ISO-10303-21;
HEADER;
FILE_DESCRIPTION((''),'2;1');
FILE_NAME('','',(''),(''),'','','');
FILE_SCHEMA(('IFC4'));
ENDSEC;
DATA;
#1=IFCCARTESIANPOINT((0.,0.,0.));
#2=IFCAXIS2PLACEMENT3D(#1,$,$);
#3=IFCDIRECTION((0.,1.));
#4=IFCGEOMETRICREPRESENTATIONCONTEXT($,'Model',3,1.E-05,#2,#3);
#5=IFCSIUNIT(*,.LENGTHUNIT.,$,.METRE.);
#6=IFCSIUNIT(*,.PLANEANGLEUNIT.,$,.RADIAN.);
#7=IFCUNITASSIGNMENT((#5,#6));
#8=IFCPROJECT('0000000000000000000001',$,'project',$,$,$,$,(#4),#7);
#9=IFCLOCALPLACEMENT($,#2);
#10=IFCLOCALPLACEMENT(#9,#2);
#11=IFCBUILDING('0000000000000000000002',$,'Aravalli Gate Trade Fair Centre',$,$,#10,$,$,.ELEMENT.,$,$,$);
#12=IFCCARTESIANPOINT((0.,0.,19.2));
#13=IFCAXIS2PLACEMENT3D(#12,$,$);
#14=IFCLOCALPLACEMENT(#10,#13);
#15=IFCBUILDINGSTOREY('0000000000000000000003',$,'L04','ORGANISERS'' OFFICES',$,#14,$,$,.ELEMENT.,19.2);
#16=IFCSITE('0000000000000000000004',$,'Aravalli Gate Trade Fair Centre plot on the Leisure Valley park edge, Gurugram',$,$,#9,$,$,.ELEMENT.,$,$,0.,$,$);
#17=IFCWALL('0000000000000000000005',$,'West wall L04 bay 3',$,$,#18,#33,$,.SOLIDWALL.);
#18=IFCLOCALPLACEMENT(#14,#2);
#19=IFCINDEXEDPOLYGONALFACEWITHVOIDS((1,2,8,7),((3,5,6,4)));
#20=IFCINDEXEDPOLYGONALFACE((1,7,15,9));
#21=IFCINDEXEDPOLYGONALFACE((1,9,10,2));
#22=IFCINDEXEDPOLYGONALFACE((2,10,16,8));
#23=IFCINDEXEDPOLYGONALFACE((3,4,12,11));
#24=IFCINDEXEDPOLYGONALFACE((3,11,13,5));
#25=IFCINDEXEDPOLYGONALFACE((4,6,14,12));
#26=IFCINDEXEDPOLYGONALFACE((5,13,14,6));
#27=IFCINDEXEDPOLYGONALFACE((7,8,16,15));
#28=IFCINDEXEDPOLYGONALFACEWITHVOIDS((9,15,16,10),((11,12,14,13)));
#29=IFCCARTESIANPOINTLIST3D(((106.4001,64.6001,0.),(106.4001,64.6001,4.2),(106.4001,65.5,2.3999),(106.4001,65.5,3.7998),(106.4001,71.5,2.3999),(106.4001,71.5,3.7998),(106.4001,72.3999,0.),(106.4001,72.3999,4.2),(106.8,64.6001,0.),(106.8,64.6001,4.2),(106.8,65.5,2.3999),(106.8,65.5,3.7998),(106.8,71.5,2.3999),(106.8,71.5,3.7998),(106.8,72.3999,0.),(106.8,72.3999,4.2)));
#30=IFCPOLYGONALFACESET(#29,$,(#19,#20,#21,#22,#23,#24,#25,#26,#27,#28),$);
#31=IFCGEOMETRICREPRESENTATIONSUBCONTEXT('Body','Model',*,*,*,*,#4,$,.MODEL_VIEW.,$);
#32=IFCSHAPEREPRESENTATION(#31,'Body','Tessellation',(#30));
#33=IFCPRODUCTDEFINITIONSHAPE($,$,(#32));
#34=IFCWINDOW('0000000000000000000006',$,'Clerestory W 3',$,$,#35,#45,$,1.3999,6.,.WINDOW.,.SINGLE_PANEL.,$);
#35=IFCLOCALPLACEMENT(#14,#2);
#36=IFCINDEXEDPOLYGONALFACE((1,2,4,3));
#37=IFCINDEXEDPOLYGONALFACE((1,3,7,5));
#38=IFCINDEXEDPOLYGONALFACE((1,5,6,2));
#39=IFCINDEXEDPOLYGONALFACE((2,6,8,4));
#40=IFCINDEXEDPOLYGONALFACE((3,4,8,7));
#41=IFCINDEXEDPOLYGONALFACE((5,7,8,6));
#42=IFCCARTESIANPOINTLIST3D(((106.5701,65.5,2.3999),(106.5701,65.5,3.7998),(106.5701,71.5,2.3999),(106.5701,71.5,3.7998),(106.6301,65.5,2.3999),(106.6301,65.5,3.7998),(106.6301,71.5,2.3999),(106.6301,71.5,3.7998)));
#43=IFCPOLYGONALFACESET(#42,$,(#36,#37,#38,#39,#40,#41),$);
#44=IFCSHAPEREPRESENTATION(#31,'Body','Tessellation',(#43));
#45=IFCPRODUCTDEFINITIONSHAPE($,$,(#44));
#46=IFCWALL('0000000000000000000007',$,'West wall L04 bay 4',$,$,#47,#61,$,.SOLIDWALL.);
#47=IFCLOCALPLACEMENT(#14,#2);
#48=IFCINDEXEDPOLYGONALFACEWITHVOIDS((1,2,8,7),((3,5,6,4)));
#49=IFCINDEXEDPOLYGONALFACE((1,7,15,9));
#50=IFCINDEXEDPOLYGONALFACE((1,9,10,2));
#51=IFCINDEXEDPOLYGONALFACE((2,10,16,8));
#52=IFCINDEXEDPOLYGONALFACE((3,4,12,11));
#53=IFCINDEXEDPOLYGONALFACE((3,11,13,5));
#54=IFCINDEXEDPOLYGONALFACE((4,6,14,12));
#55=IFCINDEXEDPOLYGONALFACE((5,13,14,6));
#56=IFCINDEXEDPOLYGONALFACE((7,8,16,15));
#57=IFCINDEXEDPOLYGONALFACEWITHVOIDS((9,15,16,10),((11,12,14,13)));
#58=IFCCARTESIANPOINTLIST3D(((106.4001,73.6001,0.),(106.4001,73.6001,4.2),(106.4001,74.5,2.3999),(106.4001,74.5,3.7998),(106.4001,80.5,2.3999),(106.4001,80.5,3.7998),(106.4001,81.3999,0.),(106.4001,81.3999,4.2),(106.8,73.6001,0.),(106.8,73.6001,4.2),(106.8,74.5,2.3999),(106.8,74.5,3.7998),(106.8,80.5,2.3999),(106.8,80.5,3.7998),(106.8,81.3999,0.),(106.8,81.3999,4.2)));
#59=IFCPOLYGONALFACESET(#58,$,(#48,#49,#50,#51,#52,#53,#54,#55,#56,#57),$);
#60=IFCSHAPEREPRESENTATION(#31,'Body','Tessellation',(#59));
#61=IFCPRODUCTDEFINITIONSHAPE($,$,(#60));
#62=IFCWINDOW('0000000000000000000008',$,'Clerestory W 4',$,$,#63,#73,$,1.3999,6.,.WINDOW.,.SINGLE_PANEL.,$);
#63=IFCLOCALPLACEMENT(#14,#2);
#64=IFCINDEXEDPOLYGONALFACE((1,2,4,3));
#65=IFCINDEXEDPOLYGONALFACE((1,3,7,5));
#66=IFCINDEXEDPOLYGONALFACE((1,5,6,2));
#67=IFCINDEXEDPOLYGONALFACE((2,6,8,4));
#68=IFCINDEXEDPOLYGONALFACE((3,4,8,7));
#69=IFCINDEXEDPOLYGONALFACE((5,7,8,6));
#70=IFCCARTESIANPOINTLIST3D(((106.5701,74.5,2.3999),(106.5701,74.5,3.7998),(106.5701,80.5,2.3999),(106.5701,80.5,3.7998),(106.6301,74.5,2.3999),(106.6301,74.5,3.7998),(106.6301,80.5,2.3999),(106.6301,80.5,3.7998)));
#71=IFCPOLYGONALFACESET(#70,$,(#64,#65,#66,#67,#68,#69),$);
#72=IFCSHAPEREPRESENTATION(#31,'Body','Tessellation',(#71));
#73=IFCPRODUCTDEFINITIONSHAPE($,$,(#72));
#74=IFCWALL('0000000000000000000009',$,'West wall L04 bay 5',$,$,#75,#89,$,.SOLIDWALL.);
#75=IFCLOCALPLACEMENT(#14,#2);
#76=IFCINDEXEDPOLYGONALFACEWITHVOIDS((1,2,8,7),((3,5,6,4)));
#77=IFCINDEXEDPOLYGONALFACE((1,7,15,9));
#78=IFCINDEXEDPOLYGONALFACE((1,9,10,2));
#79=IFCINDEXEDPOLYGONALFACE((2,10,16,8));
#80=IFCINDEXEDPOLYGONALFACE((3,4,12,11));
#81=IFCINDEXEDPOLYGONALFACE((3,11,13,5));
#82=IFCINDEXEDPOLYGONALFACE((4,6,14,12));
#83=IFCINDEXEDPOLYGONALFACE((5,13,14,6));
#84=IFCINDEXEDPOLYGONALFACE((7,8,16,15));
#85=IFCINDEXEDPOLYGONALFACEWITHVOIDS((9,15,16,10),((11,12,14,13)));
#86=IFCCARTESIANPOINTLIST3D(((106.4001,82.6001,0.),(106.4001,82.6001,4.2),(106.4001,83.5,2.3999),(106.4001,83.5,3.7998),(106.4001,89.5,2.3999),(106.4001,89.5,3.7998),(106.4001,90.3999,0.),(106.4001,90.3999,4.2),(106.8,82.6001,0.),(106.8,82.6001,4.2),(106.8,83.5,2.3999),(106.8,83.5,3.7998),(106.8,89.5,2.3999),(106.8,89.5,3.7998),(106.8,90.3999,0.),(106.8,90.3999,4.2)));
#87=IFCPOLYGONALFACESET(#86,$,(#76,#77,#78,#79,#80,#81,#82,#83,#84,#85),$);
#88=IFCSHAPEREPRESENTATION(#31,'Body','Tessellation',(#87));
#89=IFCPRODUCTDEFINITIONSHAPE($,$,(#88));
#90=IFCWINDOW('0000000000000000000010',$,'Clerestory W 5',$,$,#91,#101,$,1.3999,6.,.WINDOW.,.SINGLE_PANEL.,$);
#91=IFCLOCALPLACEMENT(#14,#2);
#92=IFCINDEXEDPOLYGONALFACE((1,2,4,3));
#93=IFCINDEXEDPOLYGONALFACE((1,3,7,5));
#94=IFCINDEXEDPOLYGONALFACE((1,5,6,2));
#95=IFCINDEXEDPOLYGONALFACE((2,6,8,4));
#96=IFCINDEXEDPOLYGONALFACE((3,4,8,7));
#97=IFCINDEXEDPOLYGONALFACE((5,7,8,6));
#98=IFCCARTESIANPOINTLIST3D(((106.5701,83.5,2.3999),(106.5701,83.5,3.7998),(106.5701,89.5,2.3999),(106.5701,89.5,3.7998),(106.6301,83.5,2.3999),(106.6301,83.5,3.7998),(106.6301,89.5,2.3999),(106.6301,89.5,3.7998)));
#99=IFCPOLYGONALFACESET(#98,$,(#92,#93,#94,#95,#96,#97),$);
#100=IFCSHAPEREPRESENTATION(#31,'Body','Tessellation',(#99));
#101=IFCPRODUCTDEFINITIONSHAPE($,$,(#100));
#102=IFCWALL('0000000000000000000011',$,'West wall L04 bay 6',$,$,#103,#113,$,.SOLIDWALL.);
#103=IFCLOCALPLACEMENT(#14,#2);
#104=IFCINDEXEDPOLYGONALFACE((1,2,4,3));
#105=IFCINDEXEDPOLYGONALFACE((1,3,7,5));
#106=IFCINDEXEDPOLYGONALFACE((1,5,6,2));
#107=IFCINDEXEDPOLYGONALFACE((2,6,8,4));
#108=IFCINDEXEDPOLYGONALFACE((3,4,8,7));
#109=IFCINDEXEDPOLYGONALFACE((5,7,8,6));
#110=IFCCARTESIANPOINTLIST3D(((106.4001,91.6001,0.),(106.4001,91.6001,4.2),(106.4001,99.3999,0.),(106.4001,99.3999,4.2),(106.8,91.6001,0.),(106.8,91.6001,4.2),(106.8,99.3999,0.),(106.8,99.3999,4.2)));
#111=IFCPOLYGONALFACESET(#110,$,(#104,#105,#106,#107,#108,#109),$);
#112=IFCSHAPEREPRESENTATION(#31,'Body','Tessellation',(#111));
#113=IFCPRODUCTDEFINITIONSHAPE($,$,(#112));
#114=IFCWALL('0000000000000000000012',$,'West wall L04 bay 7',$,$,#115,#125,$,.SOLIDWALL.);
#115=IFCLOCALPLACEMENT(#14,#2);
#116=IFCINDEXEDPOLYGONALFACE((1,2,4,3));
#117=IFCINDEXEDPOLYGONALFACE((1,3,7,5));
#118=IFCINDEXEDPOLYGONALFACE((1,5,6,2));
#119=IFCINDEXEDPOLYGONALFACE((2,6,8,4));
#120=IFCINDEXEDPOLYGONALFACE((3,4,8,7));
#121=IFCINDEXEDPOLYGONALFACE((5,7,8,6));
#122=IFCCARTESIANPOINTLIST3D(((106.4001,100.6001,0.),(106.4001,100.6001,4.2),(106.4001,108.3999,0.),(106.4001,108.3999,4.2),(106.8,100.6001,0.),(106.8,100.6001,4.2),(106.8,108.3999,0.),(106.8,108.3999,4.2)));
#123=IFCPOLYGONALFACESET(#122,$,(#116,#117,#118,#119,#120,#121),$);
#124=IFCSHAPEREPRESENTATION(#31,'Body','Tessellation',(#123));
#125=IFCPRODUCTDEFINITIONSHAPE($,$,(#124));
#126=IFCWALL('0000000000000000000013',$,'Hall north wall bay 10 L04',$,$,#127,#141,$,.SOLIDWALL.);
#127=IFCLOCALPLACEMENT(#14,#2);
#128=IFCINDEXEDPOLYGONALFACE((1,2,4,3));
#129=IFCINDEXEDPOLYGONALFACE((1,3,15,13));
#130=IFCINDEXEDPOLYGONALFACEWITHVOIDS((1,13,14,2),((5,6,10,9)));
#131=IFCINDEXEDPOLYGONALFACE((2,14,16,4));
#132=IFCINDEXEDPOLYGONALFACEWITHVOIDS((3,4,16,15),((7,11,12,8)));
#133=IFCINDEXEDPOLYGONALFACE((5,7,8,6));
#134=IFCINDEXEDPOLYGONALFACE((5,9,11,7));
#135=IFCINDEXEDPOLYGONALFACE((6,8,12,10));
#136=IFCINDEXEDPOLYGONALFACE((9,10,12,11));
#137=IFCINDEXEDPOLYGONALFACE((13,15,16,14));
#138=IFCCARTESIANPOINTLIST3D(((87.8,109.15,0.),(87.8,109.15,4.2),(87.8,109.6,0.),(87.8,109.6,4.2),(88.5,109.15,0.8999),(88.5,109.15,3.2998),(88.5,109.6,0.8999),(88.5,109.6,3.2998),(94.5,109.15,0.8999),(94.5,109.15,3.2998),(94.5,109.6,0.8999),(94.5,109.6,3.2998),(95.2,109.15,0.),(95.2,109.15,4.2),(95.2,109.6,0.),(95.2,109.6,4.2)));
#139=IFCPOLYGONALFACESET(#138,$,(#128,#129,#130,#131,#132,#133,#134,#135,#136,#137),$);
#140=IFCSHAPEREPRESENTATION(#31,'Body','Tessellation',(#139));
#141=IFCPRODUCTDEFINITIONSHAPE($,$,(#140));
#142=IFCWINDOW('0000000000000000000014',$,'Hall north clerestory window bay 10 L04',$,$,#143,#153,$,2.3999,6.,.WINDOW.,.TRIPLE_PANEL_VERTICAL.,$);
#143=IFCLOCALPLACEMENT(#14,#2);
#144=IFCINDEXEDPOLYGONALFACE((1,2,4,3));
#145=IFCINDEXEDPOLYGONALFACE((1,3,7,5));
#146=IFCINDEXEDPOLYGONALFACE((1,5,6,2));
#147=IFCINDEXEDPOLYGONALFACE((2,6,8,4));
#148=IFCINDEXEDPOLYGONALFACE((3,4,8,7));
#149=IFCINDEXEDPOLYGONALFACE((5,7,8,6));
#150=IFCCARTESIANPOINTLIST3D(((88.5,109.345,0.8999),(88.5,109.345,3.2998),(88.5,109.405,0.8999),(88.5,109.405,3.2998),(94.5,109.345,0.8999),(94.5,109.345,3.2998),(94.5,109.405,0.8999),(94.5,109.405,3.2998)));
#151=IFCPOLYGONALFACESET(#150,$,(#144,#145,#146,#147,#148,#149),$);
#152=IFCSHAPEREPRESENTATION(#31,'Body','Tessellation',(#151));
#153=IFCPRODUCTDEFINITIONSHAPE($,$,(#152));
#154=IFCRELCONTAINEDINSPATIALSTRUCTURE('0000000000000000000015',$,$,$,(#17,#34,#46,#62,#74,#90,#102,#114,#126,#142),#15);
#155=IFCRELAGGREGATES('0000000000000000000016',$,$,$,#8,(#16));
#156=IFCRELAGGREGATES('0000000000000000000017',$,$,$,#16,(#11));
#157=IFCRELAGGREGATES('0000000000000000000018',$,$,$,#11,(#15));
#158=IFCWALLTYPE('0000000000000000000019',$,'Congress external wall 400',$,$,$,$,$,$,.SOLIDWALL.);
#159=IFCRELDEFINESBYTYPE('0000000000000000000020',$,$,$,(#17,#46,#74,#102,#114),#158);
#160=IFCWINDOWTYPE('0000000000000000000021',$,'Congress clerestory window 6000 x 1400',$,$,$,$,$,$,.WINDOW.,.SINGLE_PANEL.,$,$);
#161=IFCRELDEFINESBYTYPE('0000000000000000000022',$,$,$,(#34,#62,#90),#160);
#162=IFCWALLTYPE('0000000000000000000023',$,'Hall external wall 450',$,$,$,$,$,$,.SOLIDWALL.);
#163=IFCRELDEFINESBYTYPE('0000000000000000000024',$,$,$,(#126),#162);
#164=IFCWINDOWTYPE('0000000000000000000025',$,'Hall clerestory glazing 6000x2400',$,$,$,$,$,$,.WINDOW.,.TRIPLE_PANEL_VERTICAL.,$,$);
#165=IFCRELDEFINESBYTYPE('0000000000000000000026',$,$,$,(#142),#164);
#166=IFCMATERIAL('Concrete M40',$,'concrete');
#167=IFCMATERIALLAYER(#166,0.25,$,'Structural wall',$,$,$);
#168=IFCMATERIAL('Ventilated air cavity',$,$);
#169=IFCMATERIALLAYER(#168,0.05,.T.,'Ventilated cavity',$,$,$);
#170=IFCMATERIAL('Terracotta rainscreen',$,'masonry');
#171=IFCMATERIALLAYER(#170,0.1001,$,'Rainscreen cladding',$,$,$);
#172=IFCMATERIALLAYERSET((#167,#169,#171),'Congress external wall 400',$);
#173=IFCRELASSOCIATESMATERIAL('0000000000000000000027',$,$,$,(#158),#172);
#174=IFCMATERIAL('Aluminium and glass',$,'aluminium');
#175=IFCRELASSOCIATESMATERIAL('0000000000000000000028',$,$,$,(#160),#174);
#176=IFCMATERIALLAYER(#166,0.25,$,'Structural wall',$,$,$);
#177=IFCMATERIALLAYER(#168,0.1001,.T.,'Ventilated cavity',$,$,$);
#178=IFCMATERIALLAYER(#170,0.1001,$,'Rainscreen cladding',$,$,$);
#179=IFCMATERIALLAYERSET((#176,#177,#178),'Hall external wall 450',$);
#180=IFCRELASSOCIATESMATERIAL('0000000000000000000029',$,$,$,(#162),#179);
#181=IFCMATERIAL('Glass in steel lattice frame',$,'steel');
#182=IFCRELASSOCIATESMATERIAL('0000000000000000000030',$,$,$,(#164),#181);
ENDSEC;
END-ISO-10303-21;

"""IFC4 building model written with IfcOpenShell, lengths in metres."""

from ifc_helpers import new_model, si_unit, direction, frame, frame_2d, origin, place, context, subcontext, project, spatial, rectangle, extrude, material, layer, layer_set, type_object, element, fill, save


model = new_model("IFC4")

# Units and contexts
model_context = context("Model", 3, precision=1e-05, world=origin(), true_north=direction((0.0, 1.0)))
body_context = subcontext(model_context, "Body", "Model", "MODEL_VIEW")
ifc_project = project(units=[si_unit("LENGTHUNIT", "METRE"), si_unit("PLANEANGLEUNIT", "RADIAN")], contexts=[model_context])

# Site, building, storey
site_placement = place(None, origin())
site = spatial("IfcSite", under=ifc_project, at=site_placement, Name="Aravalli Gate Trade Fair Centre plot on the Leisure Valley park edge, Gurugram", CompositionType="ELEMENT", RefElevation=0.0)
building_placement = place(site_placement, origin())
building = spatial("IfcBuilding", under=site, at=building_placement, Name="Aravalli Gate Trade Fair Centre", CompositionType="ELEMENT")
storey_placement = place(building_placement, frame((0.0, 0.0, 19.2)))
storey = spatial("IfcBuildingStorey", under=building, at=storey_placement, Name="L04", Description="ORGANISERS' OFFICES", CompositionType="ELEMENT", Elevation=19.2)

# Shared definitions
ifc_material_1 = material(Name="Concrete M40", Category="concrete")

# Walls, openings, windows
ifc_layer_1 = layer(ifc_material_1, 0.25, Name="Structural wall")
ifc_material_2 = material(Name="Ventilated air cavity")
ifc_layer_2 = layer(ifc_material_2, 0.05, ventilated=True, Name="Ventilated cavity")
ifc_material_3 = material(Name="Terracotta rainscreen", Category="masonry")
ifc_layer_3 = layer(ifc_material_3, 0.1001, Name="Rainscreen cladding")
ifc_layer_set_1 = layer_set([ifc_layer_1, ifc_layer_2, ifc_layer_3], Name="Congress external wall 400")
wall_type_1 = type_object("IfcWallType", Name="Congress external wall 400", PredefinedType="SOLIDWALL", material=ifc_layer_set_1)
wall_1_placement = place(storey_placement, frame((106.6001, 64.6001, 0.0), z_axis=(0.0, 0.0, 1.0), x_axis=(0.0, 1.0, 0.0)))
wall_1 = element("IfcWall", 1, at=wall_1_placement, inside=storey, type_object=wall_type_1, Name="West wall L04 bay 3", PredefinedType="SOLIDWALL", context=body_context, shape_type="SweptSolid", body=[
    extrude(rectangle(XDim=7.7998, YDim=0.3999, at=frame_2d((3.8999, 0.0))), origin(), (0.0, 0.0, 1.0), 4.2),
])
opening_1_placement = place(wall_1_placement, frame((0.8999, 0.0, 2.3999)))
opening_1 = element("IfcOpeningElement", 2, at=opening_1_placement, cuts=wall_1, PredefinedType="OPENING", context=body_context, shape_type="SweptSolid", body=[
    extrude(rectangle(XDim=6.0, YDim=1.3999, at=frame_2d((3.0, 0.7))), frame((0.0, 0.21, 0.0), z_axis=(0.0, -1.0, 0.0), x_axis=(1.0, 0.0, 0.0)), (0.0, 0.0, 1.0), 0.4199),
])
ifc_material_4 = material(Name="Aluminium and glass", Category="aluminium")
window_type_1 = type_object("IfcWindowType", Name="Congress clerestory window 6000 x 1400", PartitioningType="SINGLE_PANEL", PredefinedType="WINDOW", material=ifc_material_4)
window_1_placement = place(opening_1_placement, origin())
window_1 = element("IfcWindow", 3, at=window_1_placement, inside=storey, type_object=window_type_1, Name="Clerestory W 3", OverallHeight=1.3999, OverallWidth=6.0, PartitioningType="SINGLE_PANEL", PredefinedType="WINDOW", context=body_context, shape_type="SweptSolid", body=[
    extrude(rectangle(XDim=6.0, YDim=1.3999, at=frame_2d((3.0, 0.7))), frame((0.0, 0.03, 0.0), z_axis=(0.0, -1.0, 0.0), x_axis=(1.0, 0.0, 0.0)), (0.0, 0.0, 1.0), 0.0601),
])
fill(opening_1, window_1)
wall_2_placement = place(storey_placement, frame((106.6001, 73.6001, 0.0), z_axis=(0.0, 0.0, 1.0), x_axis=(0.0, 1.0, 0.0)))
wall_2 = element("IfcWall", 4, at=wall_2_placement, inside=storey, type_object=wall_type_1, Name="West wall L04 bay 4", PredefinedType="SOLIDWALL", context=body_context, shape_type="SweptSolid", body=[
    extrude(rectangle(XDim=7.7998, YDim=0.3999, at=frame_2d((3.8999, 0.0))), origin(), (0.0, 0.0, 1.0), 4.2),
])
opening_2_placement = place(wall_2_placement, frame((0.8999, 0.0, 2.3999)))
opening_2 = element("IfcOpeningElement", 5, at=opening_2_placement, cuts=wall_2, PredefinedType="OPENING", context=body_context, shape_type="SweptSolid", body=[
    extrude(rectangle(XDim=6.0, YDim=1.3999, at=frame_2d((3.0, 0.7))), frame((0.0, 0.21, 0.0), z_axis=(0.0, -1.0, 0.0), x_axis=(1.0, 0.0, 0.0)), (0.0, 0.0, 1.0), 0.4199),
])
window_2_placement = place(opening_2_placement, origin())
window_2 = element("IfcWindow", 6, at=window_2_placement, inside=storey, type_object=window_type_1, Name="Clerestory W 4", OverallHeight=1.3999, OverallWidth=6.0, PartitioningType="SINGLE_PANEL", PredefinedType="WINDOW", context=body_context, shape_type="SweptSolid", body=[
    extrude(rectangle(XDim=6.0, YDim=1.3999, at=frame_2d((3.0, 0.7))), frame((0.0, 0.03, 0.0), z_axis=(0.0, -1.0, 0.0), x_axis=(1.0, 0.0, 0.0)), (0.0, 0.0, 1.0), 0.0601),
])
fill(opening_2, window_2)
wall_3_placement = place(storey_placement, frame((106.6001, 82.6001, 0.0), z_axis=(0.0, 0.0, 1.0), x_axis=(0.0, 1.0, 0.0)))
wall_3 = element("IfcWall", 7, at=wall_3_placement, inside=storey, type_object=wall_type_1, Name="West wall L04 bay 5", PredefinedType="SOLIDWALL", context=body_context, shape_type="SweptSolid", body=[
    extrude(rectangle(XDim=7.7998, YDim=0.3999, at=frame_2d((3.8999, 0.0))), origin(), (0.0, 0.0, 1.0), 4.2),
])
opening_3_placement = place(wall_3_placement, frame((0.8999, 0.0, 2.3999)))
opening_3 = element("IfcOpeningElement", 8, at=opening_3_placement, cuts=wall_3, PredefinedType="OPENING", context=body_context, shape_type="SweptSolid", body=[
    extrude(rectangle(XDim=6.0, YDim=1.3999, at=frame_2d((3.0, 0.7))), frame((0.0, 0.21, 0.0), z_axis=(0.0, -1.0, 0.0), x_axis=(1.0, 0.0, 0.0)), (0.0, 0.0, 1.0), 0.4199),
])
window_3_placement = place(opening_3_placement, origin())
window_3 = element("IfcWindow", 9, at=window_3_placement, inside=storey, type_object=window_type_1, Name="Clerestory W 5", OverallHeight=1.3999, OverallWidth=6.0, PartitioningType="SINGLE_PANEL", PredefinedType="WINDOW", context=body_context, shape_type="SweptSolid", body=[
    extrude(rectangle(XDim=6.0, YDim=1.3999, at=frame_2d((3.0, 0.7))), frame((0.0, 0.03, 0.0), z_axis=(0.0, -1.0, 0.0), x_axis=(1.0, 0.0, 0.0)), (0.0, 0.0, 1.0), 0.0601),
])
fill(opening_3, window_3)

# Walls
for number, where, z_axis, x_axis, name in (
    (10, (106.6001, 91.6001, 0.0), (0.0, 0.0, 1.0), (0.0, 1.0, 0.0), "West wall L04 bay 6"),
    (11, (106.6001, 100.6001, 0.0), (0.0, 0.0, 1.0), (0.0, 1.0, 0.0), "West wall L04 bay 7"),
):
    element("IfcWall", number, at=place(storey_placement, frame(where, z_axis=z_axis, x_axis=x_axis)), inside=storey, type_object=wall_type_1, Name=name, PredefinedType="SOLIDWALL", context=body_context, shape_type="SweptSolid", body=[
        extrude(rectangle(XDim=7.7998, YDim=0.3999, at=frame_2d((3.8999, 0.0))), origin(), (0.0, 0.0, 1.0), 4.2),
    ])

# Wall, opening, window
ifc_layer_4 = layer(ifc_material_1, 0.25, Name="Structural wall")
ifc_layer_5 = layer(ifc_material_2, 0.1001, ventilated=True, Name="Ventilated cavity")
ifc_layer_6 = layer(ifc_material_3, 0.1001, Name="Rainscreen cladding")
ifc_layer_set_2 = layer_set([ifc_layer_4, ifc_layer_5, ifc_layer_6], Name="Hall external wall 450")
wall_type_2 = type_object("IfcWallType", Name="Hall external wall 450", PredefinedType="SOLIDWALL", material=ifc_layer_set_2)
wall_4_placement = place(storey_placement, frame((87.8, 109.375, 0.0), z_axis=(0.0, 0.0, 1.0), x_axis=(1.0, 0.0, 0.0)))
wall_4 = element("IfcWall", 12, at=wall_4_placement, inside=storey, type_object=wall_type_2, Name="Hall north wall bay 10 L04", PredefinedType="SOLIDWALL", context=body_context, shape_type="SweptSolid", body=[
    extrude(rectangle(XDim=7.3999, YDim=0.45, at=frame_2d((3.7, 0.0))), origin(), (0.0, 0.0, 1.0), 4.2),
])
opening_4_placement = place(wall_4_placement, frame((0.7, 0.0, 0.8999)))
opening_4 = element("IfcOpeningElement", 13, at=opening_4_placement, cuts=wall_4, PredefinedType="OPENING", context=body_context, shape_type="SweptSolid", body=[
    extrude(rectangle(XDim=6.0, YDim=2.3999, at=frame_2d((3.0, 1.2))), frame((0.0, 0.2349, 0.0), z_axis=(0.0, -1.0, 0.0), x_axis=(1.0, 0.0, 0.0)), (0.0, 0.0, 1.0), 0.47),
])
ifc_material_5 = material(Name="Glass in steel lattice frame", Category="steel")
window_type_2 = type_object("IfcWindowType", Name="Hall clerestory glazing 6000x2400", PartitioningType="TRIPLE_PANEL_VERTICAL", PredefinedType="WINDOW", material=ifc_material_5)
window_4_placement = place(opening_4_placement, origin())
window_4 = element("IfcWindow", 14, at=window_4_placement, inside=storey, type_object=window_type_2, Name="Hall north clerestory window bay 10 L04", OverallHeight=2.3999, OverallWidth=6.0, PartitioningType="TRIPLE_PANEL_VERTICAL", PredefinedType="WINDOW", context=body_context, shape_type="SweptSolid", body=[
    extrude(rectangle(XDim=6.0, YDim=2.3999, at=frame_2d((3.0, 1.2))), frame((0.0, 0.03, 0.0), z_axis=(0.0, -1.0, 0.0), x_axis=(1.0, 0.0, 0.0)), (0.0, 0.0, 1.0), 0.0601),
])
fill(opening_4, window_4)

save(model, "model.ifc")
